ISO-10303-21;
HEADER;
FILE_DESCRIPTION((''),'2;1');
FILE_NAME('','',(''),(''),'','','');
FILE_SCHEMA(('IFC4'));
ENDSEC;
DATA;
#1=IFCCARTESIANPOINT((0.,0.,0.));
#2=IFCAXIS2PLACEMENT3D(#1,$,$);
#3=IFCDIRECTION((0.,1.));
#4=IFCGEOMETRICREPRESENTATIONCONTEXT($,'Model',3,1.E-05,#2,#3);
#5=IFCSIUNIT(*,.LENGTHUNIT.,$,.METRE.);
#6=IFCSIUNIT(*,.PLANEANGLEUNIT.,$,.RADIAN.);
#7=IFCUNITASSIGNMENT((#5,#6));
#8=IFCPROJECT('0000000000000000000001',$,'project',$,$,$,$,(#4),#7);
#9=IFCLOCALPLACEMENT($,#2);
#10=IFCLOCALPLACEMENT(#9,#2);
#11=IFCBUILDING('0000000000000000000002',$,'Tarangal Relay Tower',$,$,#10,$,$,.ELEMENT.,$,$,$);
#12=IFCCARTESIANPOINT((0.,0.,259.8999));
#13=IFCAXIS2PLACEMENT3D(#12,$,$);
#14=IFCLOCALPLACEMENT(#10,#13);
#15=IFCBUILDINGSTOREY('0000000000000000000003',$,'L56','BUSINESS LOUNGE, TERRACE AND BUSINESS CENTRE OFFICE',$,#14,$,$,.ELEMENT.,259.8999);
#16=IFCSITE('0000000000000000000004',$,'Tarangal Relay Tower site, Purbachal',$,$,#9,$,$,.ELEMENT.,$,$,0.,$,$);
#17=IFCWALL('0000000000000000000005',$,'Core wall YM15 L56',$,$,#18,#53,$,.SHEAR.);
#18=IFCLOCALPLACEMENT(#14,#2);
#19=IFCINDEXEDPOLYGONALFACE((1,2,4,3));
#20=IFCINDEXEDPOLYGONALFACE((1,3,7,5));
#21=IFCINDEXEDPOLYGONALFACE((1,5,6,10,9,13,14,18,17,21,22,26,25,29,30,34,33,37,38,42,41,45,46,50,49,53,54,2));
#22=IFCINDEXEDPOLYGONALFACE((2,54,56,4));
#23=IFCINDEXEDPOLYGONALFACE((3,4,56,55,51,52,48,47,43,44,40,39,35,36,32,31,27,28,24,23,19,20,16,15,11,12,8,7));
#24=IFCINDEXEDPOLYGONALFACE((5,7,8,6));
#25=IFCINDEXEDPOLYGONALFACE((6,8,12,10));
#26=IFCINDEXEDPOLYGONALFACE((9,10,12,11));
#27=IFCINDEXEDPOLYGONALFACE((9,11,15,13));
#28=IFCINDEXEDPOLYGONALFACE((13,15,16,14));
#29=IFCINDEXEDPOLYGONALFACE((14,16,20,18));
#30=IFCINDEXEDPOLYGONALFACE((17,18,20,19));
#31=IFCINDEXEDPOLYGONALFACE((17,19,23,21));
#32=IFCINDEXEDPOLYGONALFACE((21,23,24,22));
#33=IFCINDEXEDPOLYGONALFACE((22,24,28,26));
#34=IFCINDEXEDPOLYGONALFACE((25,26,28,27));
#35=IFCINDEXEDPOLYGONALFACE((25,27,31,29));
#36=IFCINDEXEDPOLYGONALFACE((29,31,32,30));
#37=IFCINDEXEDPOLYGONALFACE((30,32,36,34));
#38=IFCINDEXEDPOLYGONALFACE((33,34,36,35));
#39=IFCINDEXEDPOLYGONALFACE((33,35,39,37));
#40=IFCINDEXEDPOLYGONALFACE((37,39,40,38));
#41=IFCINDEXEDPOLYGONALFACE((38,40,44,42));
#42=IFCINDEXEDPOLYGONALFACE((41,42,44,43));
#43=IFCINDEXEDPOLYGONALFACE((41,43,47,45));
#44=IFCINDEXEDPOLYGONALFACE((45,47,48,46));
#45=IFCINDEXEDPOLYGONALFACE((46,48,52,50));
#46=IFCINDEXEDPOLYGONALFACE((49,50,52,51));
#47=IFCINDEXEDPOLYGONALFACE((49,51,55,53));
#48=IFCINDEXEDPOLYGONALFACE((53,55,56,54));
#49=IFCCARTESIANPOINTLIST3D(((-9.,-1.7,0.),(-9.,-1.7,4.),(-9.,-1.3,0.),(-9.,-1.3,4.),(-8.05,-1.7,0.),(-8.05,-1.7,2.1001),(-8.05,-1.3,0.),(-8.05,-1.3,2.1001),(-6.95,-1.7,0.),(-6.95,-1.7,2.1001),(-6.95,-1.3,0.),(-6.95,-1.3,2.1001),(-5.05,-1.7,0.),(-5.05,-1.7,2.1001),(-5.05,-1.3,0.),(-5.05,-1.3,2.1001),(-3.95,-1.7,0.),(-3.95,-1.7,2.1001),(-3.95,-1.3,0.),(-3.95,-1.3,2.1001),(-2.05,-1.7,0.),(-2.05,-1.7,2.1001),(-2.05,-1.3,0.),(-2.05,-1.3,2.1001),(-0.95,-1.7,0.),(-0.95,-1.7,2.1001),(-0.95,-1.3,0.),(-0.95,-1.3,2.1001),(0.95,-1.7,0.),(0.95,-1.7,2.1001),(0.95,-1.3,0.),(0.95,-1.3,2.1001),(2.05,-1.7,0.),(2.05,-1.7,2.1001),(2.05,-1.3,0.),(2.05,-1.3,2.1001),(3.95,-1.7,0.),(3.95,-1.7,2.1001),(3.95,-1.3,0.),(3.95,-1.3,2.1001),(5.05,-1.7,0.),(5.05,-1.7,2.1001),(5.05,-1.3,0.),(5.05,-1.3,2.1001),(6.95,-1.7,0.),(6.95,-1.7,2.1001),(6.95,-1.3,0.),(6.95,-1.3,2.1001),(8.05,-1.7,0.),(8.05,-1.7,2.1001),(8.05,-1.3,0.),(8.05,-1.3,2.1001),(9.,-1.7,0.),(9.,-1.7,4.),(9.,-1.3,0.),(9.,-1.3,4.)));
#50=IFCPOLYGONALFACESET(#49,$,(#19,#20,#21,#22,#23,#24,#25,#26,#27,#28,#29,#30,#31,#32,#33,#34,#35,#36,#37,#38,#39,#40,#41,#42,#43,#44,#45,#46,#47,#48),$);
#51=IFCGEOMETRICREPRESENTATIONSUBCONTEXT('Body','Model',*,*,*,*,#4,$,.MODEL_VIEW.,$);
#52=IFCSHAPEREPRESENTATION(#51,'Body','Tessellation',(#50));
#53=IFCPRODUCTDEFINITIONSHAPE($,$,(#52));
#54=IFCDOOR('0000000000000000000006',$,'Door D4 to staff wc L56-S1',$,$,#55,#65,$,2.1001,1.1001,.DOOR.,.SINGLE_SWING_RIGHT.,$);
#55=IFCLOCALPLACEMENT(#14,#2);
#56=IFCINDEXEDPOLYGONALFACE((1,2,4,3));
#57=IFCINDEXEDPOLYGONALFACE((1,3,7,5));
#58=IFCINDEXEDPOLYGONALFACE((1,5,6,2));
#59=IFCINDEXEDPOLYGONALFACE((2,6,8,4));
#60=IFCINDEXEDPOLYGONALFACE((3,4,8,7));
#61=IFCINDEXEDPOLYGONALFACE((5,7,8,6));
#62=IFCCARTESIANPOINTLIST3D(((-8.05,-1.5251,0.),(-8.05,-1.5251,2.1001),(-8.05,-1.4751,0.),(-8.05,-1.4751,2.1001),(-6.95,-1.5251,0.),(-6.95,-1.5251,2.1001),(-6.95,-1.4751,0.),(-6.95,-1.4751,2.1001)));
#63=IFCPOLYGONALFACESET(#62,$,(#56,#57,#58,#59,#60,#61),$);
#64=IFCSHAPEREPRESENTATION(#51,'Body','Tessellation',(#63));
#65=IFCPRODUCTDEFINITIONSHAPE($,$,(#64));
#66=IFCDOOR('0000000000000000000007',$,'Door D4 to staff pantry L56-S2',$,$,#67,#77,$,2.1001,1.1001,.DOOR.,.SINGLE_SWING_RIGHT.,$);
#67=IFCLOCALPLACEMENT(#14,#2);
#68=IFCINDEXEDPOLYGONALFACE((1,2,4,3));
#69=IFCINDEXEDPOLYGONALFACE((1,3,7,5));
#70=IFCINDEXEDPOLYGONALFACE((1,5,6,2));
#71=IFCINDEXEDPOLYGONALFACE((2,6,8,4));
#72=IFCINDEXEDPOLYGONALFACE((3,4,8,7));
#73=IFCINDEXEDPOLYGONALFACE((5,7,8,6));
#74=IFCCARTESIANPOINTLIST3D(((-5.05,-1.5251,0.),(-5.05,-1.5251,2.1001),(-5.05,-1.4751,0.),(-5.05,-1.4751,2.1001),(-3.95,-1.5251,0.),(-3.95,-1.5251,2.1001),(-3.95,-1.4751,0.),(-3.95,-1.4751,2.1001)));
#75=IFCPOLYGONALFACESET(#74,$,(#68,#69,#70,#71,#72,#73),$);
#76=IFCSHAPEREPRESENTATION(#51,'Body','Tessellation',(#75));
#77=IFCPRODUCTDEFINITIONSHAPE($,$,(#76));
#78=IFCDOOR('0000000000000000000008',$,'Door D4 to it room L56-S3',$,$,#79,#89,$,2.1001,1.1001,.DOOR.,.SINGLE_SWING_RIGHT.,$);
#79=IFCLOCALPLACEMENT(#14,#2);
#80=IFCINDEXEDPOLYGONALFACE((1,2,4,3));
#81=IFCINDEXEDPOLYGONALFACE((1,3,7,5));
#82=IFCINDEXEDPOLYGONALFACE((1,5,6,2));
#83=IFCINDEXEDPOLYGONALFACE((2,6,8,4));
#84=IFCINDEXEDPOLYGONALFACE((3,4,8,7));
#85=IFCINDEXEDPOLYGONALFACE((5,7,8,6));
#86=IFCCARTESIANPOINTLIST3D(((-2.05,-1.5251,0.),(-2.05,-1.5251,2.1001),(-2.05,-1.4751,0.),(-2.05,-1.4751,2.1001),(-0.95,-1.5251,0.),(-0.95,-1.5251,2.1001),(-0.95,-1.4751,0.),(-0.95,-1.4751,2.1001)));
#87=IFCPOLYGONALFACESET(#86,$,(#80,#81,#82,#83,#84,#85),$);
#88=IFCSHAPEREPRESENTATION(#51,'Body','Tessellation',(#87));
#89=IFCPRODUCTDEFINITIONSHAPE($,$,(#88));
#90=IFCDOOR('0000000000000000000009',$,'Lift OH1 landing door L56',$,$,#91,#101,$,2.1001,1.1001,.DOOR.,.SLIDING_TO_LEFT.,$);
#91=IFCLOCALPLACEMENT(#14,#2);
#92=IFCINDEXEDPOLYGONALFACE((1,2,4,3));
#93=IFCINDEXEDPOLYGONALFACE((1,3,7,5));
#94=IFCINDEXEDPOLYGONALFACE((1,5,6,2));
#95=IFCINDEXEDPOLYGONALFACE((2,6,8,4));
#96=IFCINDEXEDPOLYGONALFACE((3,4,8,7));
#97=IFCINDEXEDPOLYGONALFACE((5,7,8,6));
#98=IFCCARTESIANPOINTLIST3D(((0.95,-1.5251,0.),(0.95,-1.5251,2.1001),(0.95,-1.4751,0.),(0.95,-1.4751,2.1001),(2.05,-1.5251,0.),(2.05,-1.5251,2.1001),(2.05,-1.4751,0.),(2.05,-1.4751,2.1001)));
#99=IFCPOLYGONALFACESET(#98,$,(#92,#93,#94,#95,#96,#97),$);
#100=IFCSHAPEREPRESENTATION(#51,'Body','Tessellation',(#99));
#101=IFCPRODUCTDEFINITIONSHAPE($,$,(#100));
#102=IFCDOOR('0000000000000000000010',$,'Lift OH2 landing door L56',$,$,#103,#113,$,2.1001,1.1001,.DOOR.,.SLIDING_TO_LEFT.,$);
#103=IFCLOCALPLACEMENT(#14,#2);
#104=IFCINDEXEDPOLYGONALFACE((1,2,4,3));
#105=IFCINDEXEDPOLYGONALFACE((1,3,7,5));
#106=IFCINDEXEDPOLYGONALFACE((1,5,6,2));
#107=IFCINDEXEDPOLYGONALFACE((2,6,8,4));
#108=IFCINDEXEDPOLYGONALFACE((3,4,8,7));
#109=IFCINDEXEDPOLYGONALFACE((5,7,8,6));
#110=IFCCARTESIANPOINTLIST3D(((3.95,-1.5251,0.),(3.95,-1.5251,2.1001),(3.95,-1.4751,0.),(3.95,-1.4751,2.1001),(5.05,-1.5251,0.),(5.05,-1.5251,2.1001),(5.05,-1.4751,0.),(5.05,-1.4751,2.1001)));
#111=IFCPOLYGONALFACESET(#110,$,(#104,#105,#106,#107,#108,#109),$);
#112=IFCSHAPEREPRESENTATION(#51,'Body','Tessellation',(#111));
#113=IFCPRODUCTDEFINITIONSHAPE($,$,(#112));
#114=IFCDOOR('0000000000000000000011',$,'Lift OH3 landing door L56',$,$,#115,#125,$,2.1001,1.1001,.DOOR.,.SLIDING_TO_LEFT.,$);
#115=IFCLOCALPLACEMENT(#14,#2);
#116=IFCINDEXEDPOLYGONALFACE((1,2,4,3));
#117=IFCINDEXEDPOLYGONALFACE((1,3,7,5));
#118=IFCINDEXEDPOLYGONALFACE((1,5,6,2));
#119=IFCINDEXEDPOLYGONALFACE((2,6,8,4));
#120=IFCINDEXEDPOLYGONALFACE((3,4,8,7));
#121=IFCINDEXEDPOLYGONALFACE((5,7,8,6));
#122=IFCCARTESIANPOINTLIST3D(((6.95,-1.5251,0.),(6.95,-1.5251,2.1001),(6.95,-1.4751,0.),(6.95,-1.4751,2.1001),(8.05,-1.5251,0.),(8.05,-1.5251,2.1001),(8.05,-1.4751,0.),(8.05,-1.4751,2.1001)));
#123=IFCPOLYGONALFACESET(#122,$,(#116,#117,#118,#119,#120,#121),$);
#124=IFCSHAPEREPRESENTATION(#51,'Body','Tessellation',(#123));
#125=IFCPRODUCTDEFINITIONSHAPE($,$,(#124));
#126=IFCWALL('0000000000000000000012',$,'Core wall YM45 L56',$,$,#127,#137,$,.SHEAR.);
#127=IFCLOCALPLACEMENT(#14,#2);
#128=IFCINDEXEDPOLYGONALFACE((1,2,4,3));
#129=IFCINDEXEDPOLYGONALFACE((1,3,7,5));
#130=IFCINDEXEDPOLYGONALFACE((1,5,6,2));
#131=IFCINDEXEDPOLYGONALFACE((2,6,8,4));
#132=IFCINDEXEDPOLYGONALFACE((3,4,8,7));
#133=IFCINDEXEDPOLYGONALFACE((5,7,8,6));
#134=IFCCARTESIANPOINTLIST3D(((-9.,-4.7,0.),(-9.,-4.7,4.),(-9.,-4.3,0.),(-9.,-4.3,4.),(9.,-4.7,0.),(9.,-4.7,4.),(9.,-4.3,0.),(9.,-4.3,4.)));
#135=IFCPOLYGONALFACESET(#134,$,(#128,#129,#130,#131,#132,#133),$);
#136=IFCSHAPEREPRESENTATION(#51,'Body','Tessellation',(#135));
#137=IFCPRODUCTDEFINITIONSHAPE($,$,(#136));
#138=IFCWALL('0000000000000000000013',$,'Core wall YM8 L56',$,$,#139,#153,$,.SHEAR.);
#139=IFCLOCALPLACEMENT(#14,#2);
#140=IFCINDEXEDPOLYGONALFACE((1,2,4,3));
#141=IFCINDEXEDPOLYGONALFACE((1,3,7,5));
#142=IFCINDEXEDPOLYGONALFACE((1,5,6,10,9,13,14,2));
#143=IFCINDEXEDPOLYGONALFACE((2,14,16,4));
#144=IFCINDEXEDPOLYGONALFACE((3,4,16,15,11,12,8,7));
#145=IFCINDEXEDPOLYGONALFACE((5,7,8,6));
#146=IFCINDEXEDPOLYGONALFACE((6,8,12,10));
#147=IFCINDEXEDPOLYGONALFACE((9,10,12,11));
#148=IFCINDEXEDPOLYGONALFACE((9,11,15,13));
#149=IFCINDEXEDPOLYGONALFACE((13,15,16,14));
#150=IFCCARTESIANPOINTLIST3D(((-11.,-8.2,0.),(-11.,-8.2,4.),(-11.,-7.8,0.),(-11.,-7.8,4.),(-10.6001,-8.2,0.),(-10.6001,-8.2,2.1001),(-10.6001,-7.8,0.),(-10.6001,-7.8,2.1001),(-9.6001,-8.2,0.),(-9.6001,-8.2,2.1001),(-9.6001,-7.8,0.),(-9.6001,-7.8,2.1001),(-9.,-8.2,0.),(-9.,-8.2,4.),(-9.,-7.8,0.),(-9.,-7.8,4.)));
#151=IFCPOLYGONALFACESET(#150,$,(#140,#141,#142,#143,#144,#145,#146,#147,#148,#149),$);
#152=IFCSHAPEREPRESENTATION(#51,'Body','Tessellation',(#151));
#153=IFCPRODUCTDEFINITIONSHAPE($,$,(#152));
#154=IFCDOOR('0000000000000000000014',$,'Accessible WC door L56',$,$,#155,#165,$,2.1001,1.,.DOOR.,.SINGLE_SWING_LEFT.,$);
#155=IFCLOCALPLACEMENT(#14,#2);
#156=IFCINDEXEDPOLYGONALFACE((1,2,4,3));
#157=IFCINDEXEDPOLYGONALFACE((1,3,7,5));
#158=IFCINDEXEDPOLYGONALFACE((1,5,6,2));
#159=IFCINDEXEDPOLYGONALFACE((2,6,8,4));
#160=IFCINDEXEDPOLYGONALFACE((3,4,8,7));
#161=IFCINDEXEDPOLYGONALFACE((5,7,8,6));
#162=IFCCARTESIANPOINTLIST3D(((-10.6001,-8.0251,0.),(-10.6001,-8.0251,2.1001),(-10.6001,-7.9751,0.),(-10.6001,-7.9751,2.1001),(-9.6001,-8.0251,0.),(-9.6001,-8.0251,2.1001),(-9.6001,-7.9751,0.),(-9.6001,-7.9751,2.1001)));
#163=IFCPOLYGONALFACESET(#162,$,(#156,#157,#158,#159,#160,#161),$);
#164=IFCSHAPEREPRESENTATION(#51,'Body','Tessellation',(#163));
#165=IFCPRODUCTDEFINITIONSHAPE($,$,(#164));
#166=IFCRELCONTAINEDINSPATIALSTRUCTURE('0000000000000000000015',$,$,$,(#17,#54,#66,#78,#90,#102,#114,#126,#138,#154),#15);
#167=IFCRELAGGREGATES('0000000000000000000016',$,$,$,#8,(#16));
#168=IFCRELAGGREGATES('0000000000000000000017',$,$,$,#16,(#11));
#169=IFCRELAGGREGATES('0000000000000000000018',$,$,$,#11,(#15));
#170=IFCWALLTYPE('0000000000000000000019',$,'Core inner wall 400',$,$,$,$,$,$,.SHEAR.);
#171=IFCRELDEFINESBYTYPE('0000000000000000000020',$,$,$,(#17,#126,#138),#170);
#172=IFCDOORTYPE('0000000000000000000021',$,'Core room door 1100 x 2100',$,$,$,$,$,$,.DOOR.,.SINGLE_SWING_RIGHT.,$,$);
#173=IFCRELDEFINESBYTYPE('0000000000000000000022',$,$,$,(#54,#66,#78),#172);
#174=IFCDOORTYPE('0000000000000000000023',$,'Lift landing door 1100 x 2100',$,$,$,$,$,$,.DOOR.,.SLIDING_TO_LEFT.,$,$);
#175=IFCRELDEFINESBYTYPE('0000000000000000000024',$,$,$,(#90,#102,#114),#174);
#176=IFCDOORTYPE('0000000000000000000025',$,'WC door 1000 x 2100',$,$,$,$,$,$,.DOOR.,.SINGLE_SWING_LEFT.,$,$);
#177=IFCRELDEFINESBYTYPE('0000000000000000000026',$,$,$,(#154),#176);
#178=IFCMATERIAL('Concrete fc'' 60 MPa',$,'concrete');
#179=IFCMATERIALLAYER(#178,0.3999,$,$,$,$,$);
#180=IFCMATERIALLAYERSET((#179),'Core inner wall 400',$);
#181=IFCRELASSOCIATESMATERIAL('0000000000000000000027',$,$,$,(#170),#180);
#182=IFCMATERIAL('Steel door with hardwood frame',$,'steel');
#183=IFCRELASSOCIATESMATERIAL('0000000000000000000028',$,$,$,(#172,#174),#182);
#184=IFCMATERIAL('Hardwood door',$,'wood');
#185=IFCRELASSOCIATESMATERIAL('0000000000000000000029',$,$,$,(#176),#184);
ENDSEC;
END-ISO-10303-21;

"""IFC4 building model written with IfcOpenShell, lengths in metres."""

from ifc_helpers import new_model, si_unit, direction, frame, frame_2d, origin, place, context, subcontext, project, spatial, rectangle, extrude, material, layer, layer_set, type_object, element, fill, save


model = new_model("IFC4")

# Units and contexts
model_context = context("Model", 3, precision=1e-05, world=origin(), true_north=direction((0.0, 1.0)))
body_context = subcontext(model_context, "Body", "Model", "MODEL_VIEW")
ifc_project = project(units=[si_unit("LENGTHUNIT", "METRE"), si_unit("PLANEANGLEUNIT", "RADIAN")], contexts=[model_context])

# Site, building, storey
site_placement = place(None, origin())
site = spatial("IfcSite", under=ifc_project, at=site_placement, Name="Tarangal Relay Tower site, Purbachal", CompositionType="ELEMENT", RefElevation=0.0)
building_placement = place(site_placement, origin())
building = spatial("IfcBuilding", under=site, at=building_placement, Name="Tarangal Relay Tower", CompositionType="ELEMENT")
storey_placement = place(building_placement, frame((0.0, 0.0, 259.8999)))
storey = spatial("IfcBuildingStorey", under=building, at=storey_placement, Name="L56", Description="BUSINESS LOUNGE, TERRACE AND BUSINESS CENTRE OFFICE", CompositionType="ELEMENT", Elevation=259.8999)

# Wall, openings, doors
ifc_material_1 = material(Name="Concrete fc' 60 MPa", Category="concrete")
ifc_layer_1 = layer(ifc_material_1, 0.3999)
ifc_layer_set_1 = layer_set([ifc_layer_1], Name="Core inner wall 400")
wall_type_1 = type_object("IfcWallType", Name="Core inner wall 400", PredefinedType="SHEAR", material=ifc_layer_set_1)
wall_1_placement = place(storey_placement, frame((-9.0, -1.5, 0.0), z_axis=(0.0, 0.0, 1.0), x_axis=(1.0, 0.0, 0.0)))
wall_1 = element("IfcWall", 1, at=wall_1_placement, inside=storey, type_object=wall_type_1, Name="Core wall YM15 L56", PredefinedType="SHEAR", context=body_context, shape_type="SweptSolid", body=[
    extrude(rectangle(XDim=18.0, YDim=0.3999, at=frame_2d((9.0, 0.0))), origin(), (0.0, 0.0, 1.0), 4.0),
])
opening_1_placement = place(wall_1_placement, frame((9.95, 0.0, 0.0)))
opening_1 = element("IfcOpeningElement", 2, at=opening_1_placement, cuts=wall_1, PredefinedType="OPENING", context=body_context, shape_type="SweptSolid", body=[
    extrude(rectangle(XDim=1.1001, YDim=2.1001, at=frame_2d((0.55, 1.05))), frame((0.0, 0.21, 0.0), z_axis=(0.0, -1.0, 0.0), x_axis=(1.0, 0.0, 0.0)), (0.0, 0.0, 1.0), 0.4199),
])
opening_2_placement = place(wall_1_placement, frame((12.95, 0.0, 0.0)))
opening_2 = element("IfcOpeningElement", 3, at=opening_2_placement, cuts=wall_1, PredefinedType="OPENING", context=body_context, shape_type="SweptSolid", body=[
    extrude(rectangle(XDim=1.1001, YDim=2.1001, at=frame_2d((0.55, 1.05))), frame((0.0, 0.21, 0.0), z_axis=(0.0, -1.0, 0.0), x_axis=(1.0, 0.0, 0.0)), (0.0, 0.0, 1.0), 0.4199),
])
opening_3_placement = place(wall_1_placement, frame((15.95, 0.0, 0.0)))
opening_3 = element("IfcOpeningElement", 4, at=opening_3_placement, cuts=wall_1, PredefinedType="OPENING", context=body_context, shape_type="SweptSolid", body=[
    extrude(rectangle(XDim=1.1001, YDim=2.1001, at=frame_2d((0.55, 1.05))), frame((0.0, 0.21, 0.0), z_axis=(0.0, -1.0, 0.0), x_axis=(1.0, 0.0, 0.0)), (0.0, 0.0, 1.0), 0.4199),
])
opening_4_placement = place(wall_1_placement, frame((0.95, 0.0, 0.0)))
opening_4 = element("IfcOpeningElement", 5, at=opening_4_placement, cuts=wall_1, PredefinedType="OPENING", context=body_context, shape_type="SweptSolid", body=[
    extrude(rectangle(XDim=1.1001, YDim=2.1001, at=frame_2d((0.55, 1.05))), frame((0.0, 0.21, 0.0), z_axis=(0.0, -1.0, 0.0), x_axis=(1.0, 0.0, 0.0)), (0.0, 0.0, 1.0), 0.4199),
])
opening_5_placement = place(wall_1_placement, frame((3.95, 0.0, 0.0)))
opening_5 = element("IfcOpeningElement", 6, at=opening_5_placement, cuts=wall_1, PredefinedType="OPENING", context=body_context, shape_type="SweptSolid", body=[
    extrude(rectangle(XDim=1.1001, YDim=2.1001, at=frame_2d((0.55, 1.05))), frame((0.0, 0.21, 0.0), z_axis=(0.0, -1.0, 0.0), x_axis=(1.0, 0.0, 0.0)), (0.0, 0.0, 1.0), 0.4199),
])
opening_6_placement = place(wall_1_placement, frame((6.95, 0.0, 0.0)))
opening_6 = element("IfcOpeningElement", 7, at=opening_6_placement, cuts=wall_1, PredefinedType="OPENING", context=body_context, shape_type="SweptSolid", body=[
    extrude(rectangle(XDim=1.1001, YDim=2.1001, at=frame_2d((0.55, 1.05))), frame((0.0, 0.21, 0.0), z_axis=(0.0, -1.0, 0.0), x_axis=(1.0, 0.0, 0.0)), (0.0, 0.0, 1.0), 0.4199),
])
ifc_material_2 = material(Name="Steel door with hardwood frame", Category="steel")
door_type_1 = type_object("IfcDoorType", Name="Core room door 1100 x 2100", OperationType="SINGLE_SWING_RIGHT", PredefinedType="DOOR", material=ifc_material_2)
door_1_placement = place(opening_4_placement, origin())
door_1 = element("IfcDoor", 8, at=door_1_placement, inside=storey, type_object=door_type_1, Name="Door D4 to staff wc L56-S1", OperationType="SINGLE_SWING_RIGHT", OverallHeight=2.1001, OverallWidth=1.1001, PredefinedType="DOOR", context=body_context, shape_type="SweptSolid", body=[
    extrude(rectangle(XDim=1.1001, YDim=2.1001, at=frame_2d((0.55, 1.05))), frame((0.0, 0.0249, 0.0), z_axis=(0.0, -1.0, 0.0), x_axis=(1.0, 0.0, 0.0)), (0.0, 0.0, 1.0), 0.05),
])
fill(opening_4, door_1)
door_2_placement = place(opening_5_placement, origin())
door_2 = element("IfcDoor", 9, at=door_2_placement, inside=storey, type_object=door_type_1, Name="Door D4 to staff pantry L56-S2", OperationType="SINGLE_SWING_RIGHT", OverallHeight=2.1001, OverallWidth=1.1001, PredefinedType="DOOR", context=body_context, shape_type="SweptSolid", body=[
    extrude(rectangle(XDim=1.1001, YDim=2.1001, at=frame_2d((0.55, 1.05))), frame((0.0, 0.0249, 0.0), z_axis=(0.0, -1.0, 0.0), x_axis=(1.0, 0.0, 0.0)), (0.0, 0.0, 1.0), 0.05),
])
fill(opening_5, door_2)
door_3_placement = place(opening_6_placement, origin())
door_3 = element("IfcDoor", 10, at=door_3_placement, inside=storey, type_object=door_type_1, Name="Door D4 to it room L56-S3", OperationType="SINGLE_SWING_RIGHT", OverallHeight=2.1001, OverallWidth=1.1001, PredefinedType="DOOR", context=body_context, shape_type="SweptSolid", body=[
    extrude(rectangle(XDim=1.1001, YDim=2.1001, at=frame_2d((0.55, 1.05))), frame((0.0, 0.0249, 0.0), z_axis=(0.0, -1.0, 0.0), x_axis=(1.0, 0.0, 0.0)), (0.0, 0.0, 1.0), 0.05),
])
fill(opening_6, door_3)
door_type_2 = type_object("IfcDoorType", Name="Lift landing door 1100 x 2100", OperationType="SLIDING_TO_LEFT", PredefinedType="DOOR", material=ifc_material_2)
door_4_placement = place(opening_1_placement, origin())
door_4 = element("IfcDoor", 11, at=door_4_placement, inside=storey, type_object=door_type_2, Name="Lift OH1 landing door L56", OperationType="SLIDING_TO_LEFT", OverallHeight=2.1001, OverallWidth=1.1001, PredefinedType="DOOR", context=body_context, shape_type="SweptSolid", body=[
    extrude(rectangle(XDim=1.1001, YDim=2.1001, at=frame_2d((0.55, 1.05))), frame((0.0, 0.0249, 0.0), z_axis=(0.0, -1.0, 0.0), x_axis=(1.0, 0.0, 0.0)), (0.0, 0.0, 1.0), 0.05),
])
fill(opening_1, door_4)
door_5_placement = place(opening_2_placement, origin())
door_5 = element("IfcDoor", 12, at=door_5_placement, inside=storey, type_object=door_type_2, Name="Lift OH2 landing door L56", OperationType="SLIDING_TO_LEFT", OverallHeight=2.1001, OverallWidth=1.1001, PredefinedType="DOOR", context=body_context, shape_type="SweptSolid", body=[
    extrude(rectangle(XDim=1.1001, YDim=2.1001, at=frame_2d((0.55, 1.05))), frame((0.0, 0.0249, 0.0), z_axis=(0.0, -1.0, 0.0), x_axis=(1.0, 0.0, 0.0)), (0.0, 0.0, 1.0), 0.05),
])
fill(opening_2, door_5)
door_6_placement = place(opening_3_placement, origin())
door_6 = element("IfcDoor", 13, at=door_6_placement, inside=storey, type_object=door_type_2, Name="Lift OH3 landing door L56", OperationType="SLIDING_TO_LEFT", OverallHeight=2.1001, OverallWidth=1.1001, PredefinedType="DOOR", context=body_context, shape_type="SweptSolid", body=[
    extrude(rectangle(XDim=1.1001, YDim=2.1001, at=frame_2d((0.55, 1.05))), frame((0.0, 0.0249, 0.0), z_axis=(0.0, -1.0, 0.0), x_axis=(1.0, 0.0, 0.0)), (0.0, 0.0, 1.0), 0.05),
])
fill(opening_3, door_6)

# Wall
wall_2_placement = place(storey_placement, frame((-9.0, -4.5, 0.0), z_axis=(0.0, 0.0, 1.0), x_axis=(1.0, 0.0, 0.0)))
element("IfcWall", 14, at=wall_2_placement, inside=storey, type_object=wall_type_1, Name="Core wall YM45 L56", PredefinedType="SHEAR", context=body_context, shape_type="SweptSolid", body=[
    extrude(rectangle(XDim=18.0, YDim=0.3999, at=frame_2d((9.0, 0.0))), origin(), (0.0, 0.0, 1.0), 4.0),
])

# Wall, opening, door
wall_3_placement = place(storey_placement, frame((-11.0, -8.0, 0.0), z_axis=(0.0, 0.0, 1.0), x_axis=(1.0, 0.0, 0.0)))
wall_3 = element("IfcWall", 15, at=wall_3_placement, inside=storey, type_object=wall_type_1, Name="Core wall YM8 L56", PredefinedType="SHEAR", context=body_context, shape_type="SweptSolid", body=[
    extrude(rectangle(XDim=2.0, YDim=0.3999, at=frame_2d((1.0, 0.0))), origin(), (0.0, 0.0, 1.0), 4.0),
])
opening_7_placement = place(wall_3_placement, frame((0.3999, 0.0, 0.0)))
opening_7 = element("IfcOpeningElement", 16, at=opening_7_placement, cuts=wall_3, PredefinedType="OPENING", context=body_context, shape_type="SweptSolid", body=[
    extrude(rectangle(XDim=1.0, YDim=2.1001, at=frame_2d((0.5, 1.05))), frame((0.0, 0.21, 0.0), z_axis=(0.0, -1.0, 0.0), x_axis=(1.0, 0.0, 0.0)), (0.0, 0.0, 1.0), 0.4199),
])
ifc_material_3 = material(Name="Hardwood door", Category="wood")
door_type_3 = type_object("IfcDoorType", Name="WC door 1000 x 2100", OperationType="SINGLE_SWING_LEFT", PredefinedType="DOOR", material=ifc_material_3)
door_7_placement = place(opening_7_placement, origin())
door_7 = element("IfcDoor", 17, at=door_7_placement, inside=storey, type_object=door_type_3, Name="Accessible WC door L56", OperationType="SINGLE_SWING_LEFT", OverallHeight=2.1001, OverallWidth=1.0, PredefinedType="DOOR", context=body_context, shape_type="SweptSolid", body=[
    extrude(rectangle(XDim=1.0, YDim=2.1001, at=frame_2d((0.5, 1.05))), frame((0.0, 0.0249, 0.0), z_axis=(0.0, -1.0, 0.0), x_axis=(1.0, 0.0, 0.0)), (0.0, 0.0, 1.0), 0.05),
])
fill(opening_7, door_7)

save(model, "model.ifc")
